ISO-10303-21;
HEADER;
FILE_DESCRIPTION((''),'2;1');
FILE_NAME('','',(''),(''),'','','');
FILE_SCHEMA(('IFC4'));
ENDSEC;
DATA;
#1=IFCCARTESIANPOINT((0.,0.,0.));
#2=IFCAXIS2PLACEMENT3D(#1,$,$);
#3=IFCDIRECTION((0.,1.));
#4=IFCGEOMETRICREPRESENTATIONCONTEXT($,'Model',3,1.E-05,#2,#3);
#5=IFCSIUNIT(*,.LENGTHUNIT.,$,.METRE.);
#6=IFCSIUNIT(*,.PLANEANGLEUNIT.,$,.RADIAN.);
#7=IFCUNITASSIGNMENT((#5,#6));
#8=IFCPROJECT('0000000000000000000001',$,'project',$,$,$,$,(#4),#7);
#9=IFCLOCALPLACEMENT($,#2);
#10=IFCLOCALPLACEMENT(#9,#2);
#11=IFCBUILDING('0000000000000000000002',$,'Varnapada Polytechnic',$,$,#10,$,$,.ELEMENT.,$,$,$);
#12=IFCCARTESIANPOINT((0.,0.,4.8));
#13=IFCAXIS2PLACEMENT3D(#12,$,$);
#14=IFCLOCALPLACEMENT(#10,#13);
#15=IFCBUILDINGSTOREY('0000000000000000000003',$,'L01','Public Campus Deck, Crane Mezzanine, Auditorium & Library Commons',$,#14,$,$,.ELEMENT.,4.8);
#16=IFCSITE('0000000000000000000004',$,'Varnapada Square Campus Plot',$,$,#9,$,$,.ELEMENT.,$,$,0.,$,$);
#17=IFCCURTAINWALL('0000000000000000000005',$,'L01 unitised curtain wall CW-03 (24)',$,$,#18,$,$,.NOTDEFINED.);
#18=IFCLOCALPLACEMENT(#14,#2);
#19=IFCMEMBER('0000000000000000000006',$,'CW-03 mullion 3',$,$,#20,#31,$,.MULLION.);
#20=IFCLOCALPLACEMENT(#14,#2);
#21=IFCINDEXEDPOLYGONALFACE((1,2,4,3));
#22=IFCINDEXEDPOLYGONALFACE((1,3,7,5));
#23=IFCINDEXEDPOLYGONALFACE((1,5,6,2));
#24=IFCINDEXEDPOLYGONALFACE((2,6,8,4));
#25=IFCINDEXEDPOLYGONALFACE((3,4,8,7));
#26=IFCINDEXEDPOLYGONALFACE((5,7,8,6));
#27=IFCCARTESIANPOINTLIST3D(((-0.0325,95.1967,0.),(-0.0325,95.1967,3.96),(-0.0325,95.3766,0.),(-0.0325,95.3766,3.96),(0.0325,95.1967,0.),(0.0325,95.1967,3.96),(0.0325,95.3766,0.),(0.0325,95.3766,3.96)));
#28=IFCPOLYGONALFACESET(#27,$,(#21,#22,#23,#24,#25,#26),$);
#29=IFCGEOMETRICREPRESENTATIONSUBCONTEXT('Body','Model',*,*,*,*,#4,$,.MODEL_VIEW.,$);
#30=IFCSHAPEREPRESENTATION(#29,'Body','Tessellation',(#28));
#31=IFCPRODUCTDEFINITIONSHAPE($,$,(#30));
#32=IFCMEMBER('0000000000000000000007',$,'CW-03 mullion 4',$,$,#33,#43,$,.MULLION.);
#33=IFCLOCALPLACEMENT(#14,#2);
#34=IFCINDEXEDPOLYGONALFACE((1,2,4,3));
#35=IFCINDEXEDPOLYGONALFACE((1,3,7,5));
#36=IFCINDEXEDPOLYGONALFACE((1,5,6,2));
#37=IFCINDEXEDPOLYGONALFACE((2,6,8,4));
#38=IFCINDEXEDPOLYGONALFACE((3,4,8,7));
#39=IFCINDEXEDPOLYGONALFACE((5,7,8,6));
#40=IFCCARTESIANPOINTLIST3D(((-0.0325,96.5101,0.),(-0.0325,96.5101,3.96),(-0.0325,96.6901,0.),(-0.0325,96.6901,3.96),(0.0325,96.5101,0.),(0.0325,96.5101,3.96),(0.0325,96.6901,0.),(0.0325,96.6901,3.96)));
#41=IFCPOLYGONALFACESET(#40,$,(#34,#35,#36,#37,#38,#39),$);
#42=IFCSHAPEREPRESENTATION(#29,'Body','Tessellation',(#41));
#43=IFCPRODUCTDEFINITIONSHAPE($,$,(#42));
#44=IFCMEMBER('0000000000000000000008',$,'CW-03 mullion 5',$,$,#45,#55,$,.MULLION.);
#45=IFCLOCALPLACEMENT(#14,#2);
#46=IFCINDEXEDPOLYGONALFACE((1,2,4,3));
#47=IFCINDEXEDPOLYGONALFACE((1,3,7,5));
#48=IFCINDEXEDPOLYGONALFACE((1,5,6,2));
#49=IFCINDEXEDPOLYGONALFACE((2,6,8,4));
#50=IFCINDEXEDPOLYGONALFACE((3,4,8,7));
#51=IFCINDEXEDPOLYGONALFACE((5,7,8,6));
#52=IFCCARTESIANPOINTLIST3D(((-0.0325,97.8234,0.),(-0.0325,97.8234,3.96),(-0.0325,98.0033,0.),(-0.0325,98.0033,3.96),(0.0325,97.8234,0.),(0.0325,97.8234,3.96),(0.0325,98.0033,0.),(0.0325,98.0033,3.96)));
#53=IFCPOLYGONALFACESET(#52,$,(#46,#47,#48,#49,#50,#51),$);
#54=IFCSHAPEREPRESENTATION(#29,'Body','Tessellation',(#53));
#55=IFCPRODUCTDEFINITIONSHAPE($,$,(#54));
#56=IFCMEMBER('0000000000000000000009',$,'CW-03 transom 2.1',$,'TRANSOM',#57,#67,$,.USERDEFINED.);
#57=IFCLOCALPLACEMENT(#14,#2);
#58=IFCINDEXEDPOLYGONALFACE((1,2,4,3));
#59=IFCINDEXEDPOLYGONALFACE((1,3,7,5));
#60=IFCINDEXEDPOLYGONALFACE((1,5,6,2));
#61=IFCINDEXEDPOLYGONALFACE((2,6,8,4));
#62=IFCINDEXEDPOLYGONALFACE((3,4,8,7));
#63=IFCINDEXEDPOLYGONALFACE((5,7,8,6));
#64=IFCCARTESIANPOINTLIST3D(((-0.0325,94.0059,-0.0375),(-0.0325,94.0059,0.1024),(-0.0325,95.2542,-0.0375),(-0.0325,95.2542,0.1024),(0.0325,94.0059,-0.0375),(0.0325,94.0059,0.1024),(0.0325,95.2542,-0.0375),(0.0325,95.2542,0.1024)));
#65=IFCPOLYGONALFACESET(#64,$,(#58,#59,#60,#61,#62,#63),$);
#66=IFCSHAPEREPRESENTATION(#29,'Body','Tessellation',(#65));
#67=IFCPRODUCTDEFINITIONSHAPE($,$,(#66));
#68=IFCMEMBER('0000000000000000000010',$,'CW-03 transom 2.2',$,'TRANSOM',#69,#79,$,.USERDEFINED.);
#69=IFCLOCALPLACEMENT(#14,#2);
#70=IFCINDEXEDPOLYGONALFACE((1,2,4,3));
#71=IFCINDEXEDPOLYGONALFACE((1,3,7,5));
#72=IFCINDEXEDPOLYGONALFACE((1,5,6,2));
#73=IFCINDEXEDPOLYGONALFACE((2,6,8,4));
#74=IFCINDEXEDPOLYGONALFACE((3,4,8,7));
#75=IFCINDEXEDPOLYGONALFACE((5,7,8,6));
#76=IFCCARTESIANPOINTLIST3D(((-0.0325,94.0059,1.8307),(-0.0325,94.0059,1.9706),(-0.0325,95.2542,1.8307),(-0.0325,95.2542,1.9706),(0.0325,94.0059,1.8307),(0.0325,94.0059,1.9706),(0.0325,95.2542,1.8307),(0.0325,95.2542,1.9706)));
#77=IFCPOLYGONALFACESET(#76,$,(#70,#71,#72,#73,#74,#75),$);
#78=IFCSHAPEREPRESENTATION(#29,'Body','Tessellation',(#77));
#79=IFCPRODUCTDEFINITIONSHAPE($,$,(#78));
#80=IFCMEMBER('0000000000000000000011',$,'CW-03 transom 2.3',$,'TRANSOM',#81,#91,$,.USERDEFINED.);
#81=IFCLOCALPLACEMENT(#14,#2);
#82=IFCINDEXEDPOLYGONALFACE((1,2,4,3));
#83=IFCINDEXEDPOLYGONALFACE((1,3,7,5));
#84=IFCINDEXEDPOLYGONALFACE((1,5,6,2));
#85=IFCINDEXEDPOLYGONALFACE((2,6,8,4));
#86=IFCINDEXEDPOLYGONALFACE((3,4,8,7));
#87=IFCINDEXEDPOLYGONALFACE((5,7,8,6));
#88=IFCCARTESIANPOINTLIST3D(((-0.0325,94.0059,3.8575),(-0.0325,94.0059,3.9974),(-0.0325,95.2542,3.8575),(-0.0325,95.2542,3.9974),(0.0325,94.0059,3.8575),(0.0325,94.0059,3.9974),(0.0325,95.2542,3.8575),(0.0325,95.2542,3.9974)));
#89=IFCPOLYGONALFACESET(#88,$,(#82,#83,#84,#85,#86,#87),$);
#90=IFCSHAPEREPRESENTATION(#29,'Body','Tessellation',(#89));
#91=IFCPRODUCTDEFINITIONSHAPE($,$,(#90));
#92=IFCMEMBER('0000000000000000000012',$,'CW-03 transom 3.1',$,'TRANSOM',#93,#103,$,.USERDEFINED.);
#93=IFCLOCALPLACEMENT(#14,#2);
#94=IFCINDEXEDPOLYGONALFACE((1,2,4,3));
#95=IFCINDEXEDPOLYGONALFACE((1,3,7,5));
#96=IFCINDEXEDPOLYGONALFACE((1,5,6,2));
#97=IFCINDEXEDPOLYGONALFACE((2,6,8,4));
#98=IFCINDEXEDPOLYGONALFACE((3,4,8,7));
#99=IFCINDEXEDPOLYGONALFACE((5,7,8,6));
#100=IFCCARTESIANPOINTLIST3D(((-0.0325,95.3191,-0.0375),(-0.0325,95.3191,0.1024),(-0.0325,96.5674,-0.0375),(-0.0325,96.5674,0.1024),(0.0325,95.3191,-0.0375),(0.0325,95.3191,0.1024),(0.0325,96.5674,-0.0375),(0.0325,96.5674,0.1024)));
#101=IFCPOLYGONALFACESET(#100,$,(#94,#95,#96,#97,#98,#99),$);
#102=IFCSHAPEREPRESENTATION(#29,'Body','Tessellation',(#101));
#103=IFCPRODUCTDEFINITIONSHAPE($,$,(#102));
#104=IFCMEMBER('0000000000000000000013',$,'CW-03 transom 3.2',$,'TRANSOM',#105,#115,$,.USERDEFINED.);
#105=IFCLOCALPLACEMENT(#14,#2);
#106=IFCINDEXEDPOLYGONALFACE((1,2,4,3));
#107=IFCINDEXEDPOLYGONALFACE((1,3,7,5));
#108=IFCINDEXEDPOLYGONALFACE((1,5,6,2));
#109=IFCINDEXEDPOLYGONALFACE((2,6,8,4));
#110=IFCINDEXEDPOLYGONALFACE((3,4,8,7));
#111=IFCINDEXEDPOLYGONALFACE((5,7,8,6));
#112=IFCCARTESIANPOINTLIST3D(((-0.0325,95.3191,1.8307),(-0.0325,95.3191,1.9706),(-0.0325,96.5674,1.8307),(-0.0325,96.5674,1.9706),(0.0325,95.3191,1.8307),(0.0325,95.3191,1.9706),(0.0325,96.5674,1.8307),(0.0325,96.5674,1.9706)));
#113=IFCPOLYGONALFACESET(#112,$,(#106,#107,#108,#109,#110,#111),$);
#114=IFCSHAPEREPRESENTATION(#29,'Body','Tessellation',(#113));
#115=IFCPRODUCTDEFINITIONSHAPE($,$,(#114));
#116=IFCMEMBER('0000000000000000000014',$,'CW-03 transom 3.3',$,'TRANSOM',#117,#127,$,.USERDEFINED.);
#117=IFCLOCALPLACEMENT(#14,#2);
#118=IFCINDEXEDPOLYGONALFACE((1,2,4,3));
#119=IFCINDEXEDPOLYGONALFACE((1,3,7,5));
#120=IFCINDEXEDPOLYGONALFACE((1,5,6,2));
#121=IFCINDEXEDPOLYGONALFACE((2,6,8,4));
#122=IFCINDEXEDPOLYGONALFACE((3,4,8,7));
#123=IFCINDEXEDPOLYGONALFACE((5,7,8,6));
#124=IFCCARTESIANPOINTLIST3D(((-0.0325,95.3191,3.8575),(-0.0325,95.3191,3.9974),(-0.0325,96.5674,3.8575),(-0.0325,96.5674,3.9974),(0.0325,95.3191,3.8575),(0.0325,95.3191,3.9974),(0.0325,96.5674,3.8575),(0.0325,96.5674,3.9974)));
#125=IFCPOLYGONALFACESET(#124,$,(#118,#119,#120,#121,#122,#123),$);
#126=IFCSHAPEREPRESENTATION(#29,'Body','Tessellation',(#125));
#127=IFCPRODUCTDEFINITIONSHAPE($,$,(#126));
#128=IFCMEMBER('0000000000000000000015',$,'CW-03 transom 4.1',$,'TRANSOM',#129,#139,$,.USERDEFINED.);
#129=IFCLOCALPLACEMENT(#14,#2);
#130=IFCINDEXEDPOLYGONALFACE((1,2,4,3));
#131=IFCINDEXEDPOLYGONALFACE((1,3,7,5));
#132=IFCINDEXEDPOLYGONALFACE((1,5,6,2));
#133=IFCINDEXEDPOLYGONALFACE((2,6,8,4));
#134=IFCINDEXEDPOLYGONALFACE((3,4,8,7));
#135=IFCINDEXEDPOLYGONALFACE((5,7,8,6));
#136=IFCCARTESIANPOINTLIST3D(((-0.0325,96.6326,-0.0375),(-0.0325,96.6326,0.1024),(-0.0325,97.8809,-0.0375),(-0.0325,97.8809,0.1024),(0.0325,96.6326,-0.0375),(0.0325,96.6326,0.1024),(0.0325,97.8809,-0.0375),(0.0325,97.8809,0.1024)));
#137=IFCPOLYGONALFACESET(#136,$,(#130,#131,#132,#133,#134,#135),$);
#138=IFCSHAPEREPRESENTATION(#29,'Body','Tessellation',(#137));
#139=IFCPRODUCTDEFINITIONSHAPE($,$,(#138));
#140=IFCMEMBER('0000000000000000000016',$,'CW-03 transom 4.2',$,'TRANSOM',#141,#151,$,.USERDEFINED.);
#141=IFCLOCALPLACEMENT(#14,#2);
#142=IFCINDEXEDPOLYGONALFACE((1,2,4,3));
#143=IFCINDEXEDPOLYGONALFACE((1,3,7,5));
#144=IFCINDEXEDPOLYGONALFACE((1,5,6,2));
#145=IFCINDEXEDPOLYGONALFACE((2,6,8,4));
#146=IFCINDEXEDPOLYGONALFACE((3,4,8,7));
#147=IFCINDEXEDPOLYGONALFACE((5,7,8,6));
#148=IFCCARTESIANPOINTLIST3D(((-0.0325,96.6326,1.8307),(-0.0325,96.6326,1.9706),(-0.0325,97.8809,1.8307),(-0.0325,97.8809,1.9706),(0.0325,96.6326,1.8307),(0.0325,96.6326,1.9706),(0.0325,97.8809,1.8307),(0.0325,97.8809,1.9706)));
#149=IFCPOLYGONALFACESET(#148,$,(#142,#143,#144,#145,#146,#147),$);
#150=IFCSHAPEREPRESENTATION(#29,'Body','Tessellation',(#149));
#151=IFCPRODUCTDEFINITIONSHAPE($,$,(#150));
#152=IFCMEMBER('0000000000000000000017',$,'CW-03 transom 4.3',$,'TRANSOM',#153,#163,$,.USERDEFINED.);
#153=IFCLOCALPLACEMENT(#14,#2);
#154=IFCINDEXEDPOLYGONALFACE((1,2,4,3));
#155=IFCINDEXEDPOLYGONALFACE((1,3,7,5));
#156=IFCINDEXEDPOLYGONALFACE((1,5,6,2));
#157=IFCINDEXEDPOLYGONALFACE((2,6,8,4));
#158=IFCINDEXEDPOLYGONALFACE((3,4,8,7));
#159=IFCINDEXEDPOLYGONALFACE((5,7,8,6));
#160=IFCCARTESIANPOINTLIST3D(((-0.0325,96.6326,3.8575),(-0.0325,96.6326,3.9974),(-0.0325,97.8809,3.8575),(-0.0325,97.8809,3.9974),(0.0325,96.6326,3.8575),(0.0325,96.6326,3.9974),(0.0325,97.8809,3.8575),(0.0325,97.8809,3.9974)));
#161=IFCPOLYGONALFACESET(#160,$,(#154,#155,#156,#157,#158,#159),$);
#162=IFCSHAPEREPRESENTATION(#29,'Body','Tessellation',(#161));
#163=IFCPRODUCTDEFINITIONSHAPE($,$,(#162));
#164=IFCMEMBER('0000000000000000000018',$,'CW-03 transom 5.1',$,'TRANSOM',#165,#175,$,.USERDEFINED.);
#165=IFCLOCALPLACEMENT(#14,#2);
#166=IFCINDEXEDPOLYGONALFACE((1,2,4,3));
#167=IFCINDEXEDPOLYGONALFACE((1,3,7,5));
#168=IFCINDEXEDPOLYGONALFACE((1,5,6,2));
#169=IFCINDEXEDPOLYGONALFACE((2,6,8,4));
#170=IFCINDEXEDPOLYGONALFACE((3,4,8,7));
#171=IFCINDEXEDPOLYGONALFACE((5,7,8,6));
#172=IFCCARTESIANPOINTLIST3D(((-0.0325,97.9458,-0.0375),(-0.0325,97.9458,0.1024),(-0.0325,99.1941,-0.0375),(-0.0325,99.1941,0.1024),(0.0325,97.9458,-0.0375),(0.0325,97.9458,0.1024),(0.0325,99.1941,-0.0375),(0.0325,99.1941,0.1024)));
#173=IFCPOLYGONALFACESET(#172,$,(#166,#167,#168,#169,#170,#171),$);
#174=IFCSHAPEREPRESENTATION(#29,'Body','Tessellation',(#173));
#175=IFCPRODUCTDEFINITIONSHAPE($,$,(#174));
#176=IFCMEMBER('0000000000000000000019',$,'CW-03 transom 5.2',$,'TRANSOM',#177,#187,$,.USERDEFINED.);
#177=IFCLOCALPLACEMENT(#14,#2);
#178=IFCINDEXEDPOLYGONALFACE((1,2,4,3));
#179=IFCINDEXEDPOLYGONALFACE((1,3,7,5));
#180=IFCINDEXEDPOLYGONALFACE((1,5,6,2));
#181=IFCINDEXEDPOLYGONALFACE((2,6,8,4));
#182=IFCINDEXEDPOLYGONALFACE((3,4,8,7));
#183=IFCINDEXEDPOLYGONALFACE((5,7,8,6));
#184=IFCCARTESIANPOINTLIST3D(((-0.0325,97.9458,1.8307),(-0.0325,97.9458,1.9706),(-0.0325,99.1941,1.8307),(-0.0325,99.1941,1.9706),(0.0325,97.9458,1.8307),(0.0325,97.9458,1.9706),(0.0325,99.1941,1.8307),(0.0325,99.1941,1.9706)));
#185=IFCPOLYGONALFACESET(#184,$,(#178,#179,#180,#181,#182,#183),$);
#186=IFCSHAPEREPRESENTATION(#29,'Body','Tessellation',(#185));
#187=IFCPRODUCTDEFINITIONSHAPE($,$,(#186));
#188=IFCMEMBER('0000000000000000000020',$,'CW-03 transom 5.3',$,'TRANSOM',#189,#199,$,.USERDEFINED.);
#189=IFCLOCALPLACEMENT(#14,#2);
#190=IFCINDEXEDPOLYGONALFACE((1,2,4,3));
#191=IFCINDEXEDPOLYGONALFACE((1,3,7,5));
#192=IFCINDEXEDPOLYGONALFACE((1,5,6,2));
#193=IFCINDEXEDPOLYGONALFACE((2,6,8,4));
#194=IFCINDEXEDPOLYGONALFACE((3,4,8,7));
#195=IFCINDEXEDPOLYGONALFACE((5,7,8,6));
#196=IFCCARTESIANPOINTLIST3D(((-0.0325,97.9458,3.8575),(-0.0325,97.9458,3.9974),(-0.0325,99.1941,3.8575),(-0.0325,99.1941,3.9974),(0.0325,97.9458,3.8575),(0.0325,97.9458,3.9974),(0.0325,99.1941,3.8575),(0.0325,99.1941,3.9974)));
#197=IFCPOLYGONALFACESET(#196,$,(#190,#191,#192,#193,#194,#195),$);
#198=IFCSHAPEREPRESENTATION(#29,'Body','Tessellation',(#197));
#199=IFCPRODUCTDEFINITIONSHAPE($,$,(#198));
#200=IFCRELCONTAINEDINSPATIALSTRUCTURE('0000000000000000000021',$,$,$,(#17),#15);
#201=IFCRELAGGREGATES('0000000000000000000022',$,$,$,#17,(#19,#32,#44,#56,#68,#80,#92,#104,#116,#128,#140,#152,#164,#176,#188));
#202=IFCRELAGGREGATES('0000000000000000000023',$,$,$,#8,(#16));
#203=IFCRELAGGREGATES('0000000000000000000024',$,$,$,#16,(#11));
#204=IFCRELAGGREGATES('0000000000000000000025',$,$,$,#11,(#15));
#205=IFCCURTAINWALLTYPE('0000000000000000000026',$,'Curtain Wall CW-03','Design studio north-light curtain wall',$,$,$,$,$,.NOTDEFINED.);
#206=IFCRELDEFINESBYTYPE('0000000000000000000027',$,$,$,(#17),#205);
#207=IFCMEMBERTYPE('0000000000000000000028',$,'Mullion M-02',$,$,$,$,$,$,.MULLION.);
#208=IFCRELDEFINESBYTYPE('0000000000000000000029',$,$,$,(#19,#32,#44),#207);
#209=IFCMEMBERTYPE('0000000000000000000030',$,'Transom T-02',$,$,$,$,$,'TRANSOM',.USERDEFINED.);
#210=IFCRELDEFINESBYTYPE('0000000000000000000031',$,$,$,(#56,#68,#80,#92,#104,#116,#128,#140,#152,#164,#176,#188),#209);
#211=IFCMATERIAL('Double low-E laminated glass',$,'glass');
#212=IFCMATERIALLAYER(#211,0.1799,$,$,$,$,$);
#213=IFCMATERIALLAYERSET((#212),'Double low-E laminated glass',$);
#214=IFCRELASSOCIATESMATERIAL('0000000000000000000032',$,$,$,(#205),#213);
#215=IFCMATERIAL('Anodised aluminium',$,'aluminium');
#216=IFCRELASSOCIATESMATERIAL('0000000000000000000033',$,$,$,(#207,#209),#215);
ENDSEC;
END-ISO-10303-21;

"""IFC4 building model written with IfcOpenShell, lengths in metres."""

from ifc_helpers import new_model, si_unit, direction, frame, origin, origin_2d, place, context, subcontext, project, spatial, rectangle, extrude, material, layer, layer_set, material_profile, profile_set, type_object, element, aggregate, save


model = new_model("IFC4")

# Units and contexts
model_context = context("Model", 3, precision=1e-05, world=origin(), true_north=direction((0.0, 1.0)))
body_context = subcontext(model_context, "Body", "Model", "MODEL_VIEW")
ifc_project = project(units=[si_unit("LENGTHUNIT", "METRE"), si_unit("PLANEANGLEUNIT", "RADIAN")], contexts=[model_context])

# Site, building, storey
site_placement = place(None, origin())
site = spatial("IfcSite", under=ifc_project, at=site_placement, Name="Varnapada Square Campus Plot", CompositionType="ELEMENT", RefElevation=0.0)
building_placement = place(site_placement, origin())
building = spatial("IfcBuilding", under=site, at=building_placement, Name="Varnapada Polytechnic", CompositionType="ELEMENT")
storey_placement = place(building_placement, frame((0.0, 0.0, 4.8)))
storey = spatial("IfcBuildingStorey", under=building, at=storey_placement, Name="L01", Description="Public Campus Deck, Crane Mezzanine, Auditorium & Library Commons", CompositionType="ELEMENT", Elevation=4.8)

# Curtain wall, members
ifc_material_1 = material(Name="Double low-E laminated glass", Category="glass")
ifc_layer_1 = layer(ifc_material_1, 0.1799)
ifc_layer_set_1 = layer_set([ifc_layer_1], Name="Double low-E laminated glass")
curtain_wall_type = type_object("IfcCurtainWallType", Name="Curtain Wall CW-03", Description="Design studio north-light curtain wall", PredefinedType="NOTDEFINED", material=ifc_layer_set_1)
curtain_wall_placement = place(storey_placement, origin())
curtain_wall = element("IfcCurtainWall", 1, at=curtain_wall_placement, inside=storey, type_object=curtain_wall_type, Name="L01 unitised curtain wall CW-03 (24)", PredefinedType="NOTDEFINED")
ifc_material_2 = material(Name="Anodised aluminium", Category="aluminium")
ifc_material_profile_1 = material_profile(ifc_material_2, rectangle(XDim=0.0649, YDim=0.1799, at=origin_2d()), Name="ALU M65x180")
ifc_profile_set_1 = profile_set([ifc_material_profile_1], Name="Anodised aluminium")
member_type_1 = type_object("IfcMemberType", Name="Mullion M-02", PredefinedType="MULLION", material=ifc_profile_set_1)
member_1_placement = place(storey_placement, frame((0.0, 95.2866, 0.0), z_axis=(0.0, 0.0, 1.0), x_axis=(-1.0, 0.0, 0.0)))
member_1 = element("IfcMember", 2, at=member_1_placement, type_object=member_type_1, Name="CW-03 mullion 3", PredefinedType="MULLION", context=body_context, shape_type="SweptSolid", body=[
    extrude(rectangle(XDim=0.0649, YDim=0.1799, at=origin_2d()), origin(), (0.0, 0.0, 1.0), 3.96),
])
member_2_placement = place(storey_placement, frame((0.0, 96.6001, 0.0), z_axis=(0.0, 0.0, 1.0), x_axis=(-1.0, 0.0, 0.0)))
member_2 = element("IfcMember", 3, at=member_2_placement, type_object=member_type_1, Name="CW-03 mullion 4", PredefinedType="MULLION", context=body_context, shape_type="SweptSolid", body=[
    extrude(rectangle(XDim=0.0649, YDim=0.1799, at=origin_2d()), origin(), (0.0, 0.0, 1.0), 3.96),
])
member_3_placement = place(storey_placement, frame((0.0, 97.9133, 0.0), z_axis=(0.0, 0.0, 1.0), x_axis=(-1.0, 0.0, 0.0)))
member_3 = element("IfcMember", 4, at=member_3_placement, type_object=member_type_1, Name="CW-03 mullion 5", PredefinedType="MULLION", context=body_context, shape_type="SweptSolid", body=[
    extrude(rectangle(XDim=0.0649, YDim=0.1799, at=origin_2d()), origin(), (0.0, 0.0, 1.0), 3.96),
])
ifc_material_profile_2 = material_profile(ifc_material_2, rectangle(XDim=0.0649, YDim=0.1399, at=origin_2d()), Name="ALU T65x140")
ifc_profile_set_2 = profile_set([ifc_material_profile_2], Name="Anodised aluminium")
member_type_2 = type_object("IfcMemberType", Name="Transom T-02", ElementType="TRANSOM", PredefinedType="USERDEFINED", material=ifc_profile_set_2)
member_4_placement = place(storey_placement, frame((0.0, 94.0059, 0.0325), z_axis=(0.0, 1.0, 0.0), x_axis=(-1.0, 0.0, 0.0)))
member_4 = element("IfcMember", 5, at=member_4_placement, type_object=member_type_2, Name="CW-03 transom 2.1", ObjectType="TRANSOM", PredefinedType="USERDEFINED", context=body_context, shape_type="SweptSolid", body=[
    extrude(rectangle(XDim=0.0649, YDim=0.1399, at=origin_2d()), origin(), (0.0, 0.0, 1.0), 1.2483),
])
member_5_placement = place(storey_placement, frame((0.0, 94.0059, 1.9006), z_axis=(0.0, 1.0, 0.0), x_axis=(-1.0, 0.0, 0.0)))
member_5 = element("IfcMember", 6, at=member_5_placement, type_object=member_type_2, Name="CW-03 transom 2.2", ObjectType="TRANSOM", PredefinedType="USERDEFINED", context=body_context, shape_type="SweptSolid", body=[
    extrude(rectangle(XDim=0.0649, YDim=0.1399, at=origin_2d()), origin(), (0.0, 0.0, 1.0), 1.2483),
])
member_6_placement = place(storey_placement, frame((0.0, 94.0059, 3.9275), z_axis=(0.0, 1.0, 0.0), x_axis=(-1.0, 0.0, 0.0)))
member_6 = element("IfcMember", 7, at=member_6_placement, type_object=member_type_2, Name="CW-03 transom 2.3", ObjectType="TRANSOM", PredefinedType="USERDEFINED", context=body_context, shape_type="SweptSolid", body=[
    extrude(rectangle(XDim=0.0649, YDim=0.1399, at=origin_2d()), origin(), (0.0, 0.0, 1.0), 1.2483),
])
member_7_placement = place(storey_placement, frame((0.0, 95.3191, 0.0325), z_axis=(0.0, 1.0, 0.0), x_axis=(-1.0, 0.0, 0.0)))
member_7 = element("IfcMember", 8, at=member_7_placement, type_object=member_type_2, Name="CW-03 transom 3.1", ObjectType="TRANSOM", PredefinedType="USERDEFINED", context=body_context, shape_type="SweptSolid", body=[
    extrude(rectangle(XDim=0.0649, YDim=0.1399, at=origin_2d()), origin(), (0.0, 0.0, 1.0), 1.2483),
])
member_8_placement = place(storey_placement, frame((0.0, 95.3191, 1.9006), z_axis=(0.0, 1.0, 0.0), x_axis=(-1.0, 0.0, 0.0)))
member_8 = element("IfcMember", 9, at=member_8_placement, type_object=member_type_2, Name="CW-03 transom 3.2", ObjectType="TRANSOM", PredefinedType="USERDEFINED", context=body_context, shape_type="SweptSolid", body=[
    extrude(rectangle(XDim=0.0649, YDim=0.1399, at=origin_2d()), origin(), (0.0, 0.0, 1.0), 1.2483),
])
member_9_placement = place(storey_placement, frame((0.0, 95.3191, 3.9275), z_axis=(0.0, 1.0, 0.0), x_axis=(-1.0, 0.0, 0.0)))
member_9 = element("IfcMember", 10, at=member_9_placement, type_object=member_type_2, Name="CW-03 transom 3.3", ObjectType="TRANSOM", PredefinedType="USERDEFINED", context=body_context, shape_type="SweptSolid", body=[
    extrude(rectangle(XDim=0.0649, YDim=0.1399, at=origin_2d()), origin(), (0.0, 0.0, 1.0), 1.2483),
])
member_10_placement = place(storey_placement, frame((0.0, 96.6326, 0.0325), z_axis=(0.0, 1.0, 0.0), x_axis=(-1.0, 0.0, 0.0)))
member_10 = element("IfcMember", 11, at=member_10_placement, type_object=member_type_2, Name="CW-03 transom 4.1", ObjectType="TRANSOM", PredefinedType="USERDEFINED", context=body_context, shape_type="SweptSolid", body=[
    extrude(rectangle(XDim=0.0649, YDim=0.1399, at=origin_2d()), origin(), (0.0, 0.0, 1.0), 1.2483),
])
member_11_placement = place(storey_placement, frame((0.0, 96.6326, 1.9006), z_axis=(0.0, 1.0, 0.0), x_axis=(-1.0, 0.0, 0.0)))
member_11 = element("IfcMember", 12, at=member_11_placement, type_object=member_type_2, Name="CW-03 transom 4.2", ObjectType="TRANSOM", PredefinedType="USERDEFINED", context=body_context, shape_type="SweptSolid", body=[
    extrude(rectangle(XDim=0.0649, YDim=0.1399, at=origin_2d()), origin(), (0.0, 0.0, 1.0), 1.2483),
])
member_12_placement = place(storey_placement, frame((0.0, 96.6326, 3.9275), z_axis=(0.0, 1.0, 0.0), x_axis=(-1.0, 0.0, 0.0)))
member_12 = element("IfcMember", 13, at=member_12_placement, type_object=member_type_2, Name="CW-03 transom 4.3", ObjectType="TRANSOM", PredefinedType="USERDEFINED", context=body_context, shape_type="SweptSolid", body=[
    extrude(rectangle(XDim=0.0649, YDim=0.1399, at=origin_2d()), origin(), (0.0, 0.0, 1.0), 1.2483),
])
member_13_placement = place(storey_placement, frame((0.0, 97.9458, 0.0325), z_axis=(0.0, 1.0, 0.0), x_axis=(-1.0, 0.0, 0.0)))
member_13 = element("IfcMember", 14, at=member_13_placement, type_object=member_type_2, Name="CW-03 transom 5.1", ObjectType="TRANSOM", PredefinedType="USERDEFINED", context=body_context, shape_type="SweptSolid", body=[
    extrude(rectangle(XDim=0.0649, YDim=0.1399, at=origin_2d()), origin(), (0.0, 0.0, 1.0), 1.2483),
])
member_14_placement = place(storey_placement, frame((0.0, 97.9458, 1.9006), z_axis=(0.0, 1.0, 0.0), x_axis=(-1.0, 0.0, 0.0)))
member_14 = element("IfcMember", 15, at=member_14_placement, type_object=member_type_2, Name="CW-03 transom 5.2", ObjectType="TRANSOM", PredefinedType="USERDEFINED", context=body_context, shape_type="SweptSolid", body=[
    extrude(rectangle(XDim=0.0649, YDim=0.1399, at=origin_2d()), origin(), (0.0, 0.0, 1.0), 1.2483),
])
member_15_placement = place(storey_placement, frame((0.0, 97.9458, 3.9275), z_axis=(0.0, 1.0, 0.0), x_axis=(-1.0, 0.0, 0.0)))
member_15 = element("IfcMember", 16, at=member_15_placement, type_object=member_type_2, Name="CW-03 transom 5.3", ObjectType="TRANSOM", PredefinedType="USERDEFINED", context=body_context, shape_type="SweptSolid", body=[
    extrude(rectangle(XDim=0.0649, YDim=0.1399, at=origin_2d()), origin(), (0.0, 0.0, 1.0), 1.2483),
])
aggregate(curtain_wall, [member_1, member_2, member_3, member_4, member_5, member_6, member_7, member_8, member_9, member_10, member_11, member_12, member_13, member_14, member_15])

save(model, "model.ifc")
